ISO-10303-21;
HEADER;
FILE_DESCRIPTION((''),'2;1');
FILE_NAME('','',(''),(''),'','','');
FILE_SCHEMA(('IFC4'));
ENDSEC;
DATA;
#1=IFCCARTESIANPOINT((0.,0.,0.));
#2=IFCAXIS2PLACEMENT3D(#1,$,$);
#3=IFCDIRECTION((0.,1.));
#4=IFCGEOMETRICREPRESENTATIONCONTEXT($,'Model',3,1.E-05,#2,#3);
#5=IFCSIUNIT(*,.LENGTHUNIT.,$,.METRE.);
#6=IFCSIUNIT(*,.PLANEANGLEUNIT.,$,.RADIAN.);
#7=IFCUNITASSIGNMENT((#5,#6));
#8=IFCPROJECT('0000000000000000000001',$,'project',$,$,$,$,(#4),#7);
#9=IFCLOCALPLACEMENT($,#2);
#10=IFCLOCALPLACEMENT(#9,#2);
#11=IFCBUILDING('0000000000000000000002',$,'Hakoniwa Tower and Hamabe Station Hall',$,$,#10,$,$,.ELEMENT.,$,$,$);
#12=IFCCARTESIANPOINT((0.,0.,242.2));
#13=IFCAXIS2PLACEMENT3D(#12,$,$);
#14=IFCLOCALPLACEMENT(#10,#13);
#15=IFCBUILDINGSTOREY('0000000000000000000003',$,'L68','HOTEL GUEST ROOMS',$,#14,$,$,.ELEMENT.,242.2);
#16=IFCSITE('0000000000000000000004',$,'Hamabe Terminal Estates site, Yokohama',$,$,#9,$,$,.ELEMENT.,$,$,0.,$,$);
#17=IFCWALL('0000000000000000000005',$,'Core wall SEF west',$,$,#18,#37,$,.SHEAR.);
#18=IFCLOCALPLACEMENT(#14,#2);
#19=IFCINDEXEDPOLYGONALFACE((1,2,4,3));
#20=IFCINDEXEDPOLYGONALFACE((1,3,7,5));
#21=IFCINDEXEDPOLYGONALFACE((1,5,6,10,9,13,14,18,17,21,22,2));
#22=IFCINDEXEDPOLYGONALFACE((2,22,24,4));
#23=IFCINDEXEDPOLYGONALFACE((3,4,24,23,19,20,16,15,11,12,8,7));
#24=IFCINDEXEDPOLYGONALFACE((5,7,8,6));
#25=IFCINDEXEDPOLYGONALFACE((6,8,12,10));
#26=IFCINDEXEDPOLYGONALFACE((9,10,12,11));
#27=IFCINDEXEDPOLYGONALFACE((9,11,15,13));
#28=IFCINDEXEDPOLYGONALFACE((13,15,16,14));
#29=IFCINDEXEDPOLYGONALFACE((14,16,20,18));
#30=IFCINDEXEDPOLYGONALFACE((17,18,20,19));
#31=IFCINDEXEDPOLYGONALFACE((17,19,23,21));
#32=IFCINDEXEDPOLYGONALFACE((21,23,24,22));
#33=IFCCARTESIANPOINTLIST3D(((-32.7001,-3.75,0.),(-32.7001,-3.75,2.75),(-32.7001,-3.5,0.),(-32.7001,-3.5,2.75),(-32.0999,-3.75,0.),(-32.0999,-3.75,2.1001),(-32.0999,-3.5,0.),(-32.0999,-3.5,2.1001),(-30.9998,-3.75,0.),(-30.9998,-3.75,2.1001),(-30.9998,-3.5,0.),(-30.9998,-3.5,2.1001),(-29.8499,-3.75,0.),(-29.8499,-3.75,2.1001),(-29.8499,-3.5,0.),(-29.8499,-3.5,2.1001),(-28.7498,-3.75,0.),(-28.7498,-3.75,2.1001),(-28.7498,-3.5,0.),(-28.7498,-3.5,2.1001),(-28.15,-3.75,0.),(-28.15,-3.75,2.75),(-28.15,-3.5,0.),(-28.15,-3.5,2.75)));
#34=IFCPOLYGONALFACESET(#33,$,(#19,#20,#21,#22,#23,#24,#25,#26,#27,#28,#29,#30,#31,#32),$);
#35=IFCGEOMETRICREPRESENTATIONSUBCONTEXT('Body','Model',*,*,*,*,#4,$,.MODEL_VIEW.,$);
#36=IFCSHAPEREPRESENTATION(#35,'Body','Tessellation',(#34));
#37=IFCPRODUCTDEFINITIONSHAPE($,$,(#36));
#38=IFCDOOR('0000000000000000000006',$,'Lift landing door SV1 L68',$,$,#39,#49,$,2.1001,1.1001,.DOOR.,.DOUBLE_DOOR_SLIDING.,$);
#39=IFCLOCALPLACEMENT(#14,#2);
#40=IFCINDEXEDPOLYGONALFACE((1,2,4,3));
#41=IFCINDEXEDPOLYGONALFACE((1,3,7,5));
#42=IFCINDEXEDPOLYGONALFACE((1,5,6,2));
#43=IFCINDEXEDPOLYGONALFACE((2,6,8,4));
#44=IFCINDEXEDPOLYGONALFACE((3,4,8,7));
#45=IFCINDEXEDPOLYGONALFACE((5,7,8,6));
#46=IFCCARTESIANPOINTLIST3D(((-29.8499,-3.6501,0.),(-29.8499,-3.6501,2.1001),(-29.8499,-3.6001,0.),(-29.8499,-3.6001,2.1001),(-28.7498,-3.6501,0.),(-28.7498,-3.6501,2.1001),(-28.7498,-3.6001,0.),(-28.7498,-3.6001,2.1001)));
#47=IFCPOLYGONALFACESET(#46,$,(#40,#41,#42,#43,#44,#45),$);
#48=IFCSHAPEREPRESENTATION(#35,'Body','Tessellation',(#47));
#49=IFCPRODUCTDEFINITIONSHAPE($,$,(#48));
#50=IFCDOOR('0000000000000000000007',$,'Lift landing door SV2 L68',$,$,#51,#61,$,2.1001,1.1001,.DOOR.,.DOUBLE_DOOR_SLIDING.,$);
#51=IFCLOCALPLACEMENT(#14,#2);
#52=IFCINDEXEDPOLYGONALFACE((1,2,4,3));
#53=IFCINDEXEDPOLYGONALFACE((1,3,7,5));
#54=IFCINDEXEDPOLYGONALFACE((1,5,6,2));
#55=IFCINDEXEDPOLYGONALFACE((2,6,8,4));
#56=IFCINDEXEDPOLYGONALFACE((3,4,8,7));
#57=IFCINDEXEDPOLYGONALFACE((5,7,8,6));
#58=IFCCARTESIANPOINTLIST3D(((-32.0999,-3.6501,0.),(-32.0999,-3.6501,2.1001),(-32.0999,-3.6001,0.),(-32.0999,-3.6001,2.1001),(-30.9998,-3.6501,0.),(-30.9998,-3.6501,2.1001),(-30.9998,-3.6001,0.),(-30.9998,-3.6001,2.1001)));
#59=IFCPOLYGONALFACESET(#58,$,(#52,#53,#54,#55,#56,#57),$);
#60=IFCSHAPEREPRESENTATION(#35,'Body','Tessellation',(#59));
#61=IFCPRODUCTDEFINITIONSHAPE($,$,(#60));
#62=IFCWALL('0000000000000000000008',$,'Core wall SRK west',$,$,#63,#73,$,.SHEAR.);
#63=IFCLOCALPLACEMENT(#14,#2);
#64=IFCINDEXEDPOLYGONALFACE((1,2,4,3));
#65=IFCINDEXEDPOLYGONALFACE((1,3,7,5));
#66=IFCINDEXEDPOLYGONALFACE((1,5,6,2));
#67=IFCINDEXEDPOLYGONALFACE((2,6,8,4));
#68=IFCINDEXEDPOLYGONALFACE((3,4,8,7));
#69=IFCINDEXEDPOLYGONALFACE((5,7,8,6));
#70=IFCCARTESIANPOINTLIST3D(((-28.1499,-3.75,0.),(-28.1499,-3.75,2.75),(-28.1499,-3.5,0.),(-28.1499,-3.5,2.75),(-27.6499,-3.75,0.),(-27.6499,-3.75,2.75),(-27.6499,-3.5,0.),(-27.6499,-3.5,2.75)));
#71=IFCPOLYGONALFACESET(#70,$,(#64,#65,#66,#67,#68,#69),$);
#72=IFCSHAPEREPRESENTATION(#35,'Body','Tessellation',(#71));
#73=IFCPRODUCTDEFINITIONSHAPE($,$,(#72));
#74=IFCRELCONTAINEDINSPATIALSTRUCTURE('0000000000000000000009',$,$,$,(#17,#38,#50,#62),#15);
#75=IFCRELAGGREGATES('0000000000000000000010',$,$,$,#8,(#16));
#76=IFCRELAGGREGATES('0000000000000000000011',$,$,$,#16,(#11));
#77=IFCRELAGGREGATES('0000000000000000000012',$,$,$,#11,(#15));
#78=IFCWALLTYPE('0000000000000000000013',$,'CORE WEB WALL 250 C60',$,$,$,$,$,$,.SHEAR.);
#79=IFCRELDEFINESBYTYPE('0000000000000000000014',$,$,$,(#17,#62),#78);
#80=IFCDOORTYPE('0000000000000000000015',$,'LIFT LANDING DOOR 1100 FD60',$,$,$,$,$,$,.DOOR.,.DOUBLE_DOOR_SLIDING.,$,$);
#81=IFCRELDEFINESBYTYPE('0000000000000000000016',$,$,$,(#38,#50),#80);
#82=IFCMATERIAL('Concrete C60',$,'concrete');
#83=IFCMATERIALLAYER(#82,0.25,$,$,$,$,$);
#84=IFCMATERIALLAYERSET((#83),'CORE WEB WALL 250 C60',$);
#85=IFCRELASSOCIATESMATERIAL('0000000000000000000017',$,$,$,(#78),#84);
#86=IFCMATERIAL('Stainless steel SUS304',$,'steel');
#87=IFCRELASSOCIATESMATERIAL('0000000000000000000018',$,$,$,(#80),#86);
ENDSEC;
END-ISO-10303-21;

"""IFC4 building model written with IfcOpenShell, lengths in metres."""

from ifc_helpers import new_model, si_unit, direction, frame, frame_2d, origin, place, context, subcontext, project, spatial, rectangle, extrude, material, layer, layer_set, type_object, element, fill, save


model = new_model("IFC4")

# Units and contexts
model_context = context("Model", 3, precision=1e-05, world=origin(), true_north=direction((0.0, 1.0)))
body_context = subcontext(model_context, "Body", "Model", "MODEL_VIEW")
ifc_project = project(units=[si_unit("LENGTHUNIT", "METRE"), si_unit("PLANEANGLEUNIT", "RADIAN")], contexts=[model_context])

# Site, building, storey
site_placement = place(None, origin())
site = spatial("IfcSite", under=ifc_project, at=site_placement, Name="Hamabe Terminal Estates site, Yokohama", CompositionType="ELEMENT", RefElevation=0.0)
building_placement = place(site_placement, origin())
building = spatial("IfcBuilding", under=site, at=building_placement, Name="Hakoniwa Tower and Hamabe Station Hall", CompositionType="ELEMENT")
storey_placement = place(building_placement, frame((0.0, 0.0, 242.2)))
storey = spatial("IfcBuildingStorey", under=building, at=storey_placement, Name="L68", Description="HOTEL GUEST ROOMS", CompositionType="ELEMENT", Elevation=242.2)

# Shared definitions
ifc_material_1 = material(Name="Concrete C60", Category="concrete")
ifc_layer_1 = layer(ifc_material_1, 0.25)
ifc_layer_set_1 = layer_set([ifc_layer_1], Name="CORE WEB WALL 250 C60")
wall_type_1 = type_object("IfcWallType", Name="CORE WEB WALL 250 C60", PredefinedType="SHEAR", material=ifc_layer_set_1)
ifc_material_2 = material(Name="Stainless steel SUS304", Category="steel")
door_type_1 = type_object("IfcDoorType", Name="LIFT LANDING DOOR 1100 FD60", OperationType="DOUBLE_DOOR_SLIDING", PredefinedType="DOOR", material=ifc_material_2)

# Wall, openings, doors
wall_1_placement = place(storey_placement, frame((-32.7, -3.625, 0.0), z_axis=(0.0, 0.0, 1.0), x_axis=(1.0, 0.0, 0.0)))
wall_1 = element("IfcWall", 1, at=wall_1_placement, inside=storey, type_object=wall_type_1, Name="Core wall SEF west", PredefinedType="SHEAR", context=body_context, shape_type="SweptSolid", body=[
    extrude(rectangle(XDim=4.55, YDim=0.25, at=frame_2d((2.2749, 0.0))), origin(), (0.0, 0.0, 1.0), 2.75),
])
opening_1_placement = place(wall_1_placement, frame((2.8501, 0.0, 0.0)))
opening_1 = element("IfcOpeningElement", 2, at=opening_1_placement, cuts=wall_1, PredefinedType="OPENING", context=body_context, shape_type="SweptSolid", body=[
    extrude(rectangle(XDim=1.1001, YDim=2.1001, at=frame_2d((0.55, 1.05))), frame((0.0, 0.135, 0.0), z_axis=(0.0, -1.0, 0.0), x_axis=(1.0, 0.0, 0.0)), (0.0, 0.0, 1.0), 0.27),
])
opening_2_placement = place(wall_1_placement, frame((0.6001, 0.0, 0.0)))
opening_2 = element("IfcOpeningElement", 3, at=opening_2_placement, cuts=wall_1, PredefinedType="OPENING", context=body_context, shape_type="SweptSolid", body=[
    extrude(rectangle(XDim=1.1001, YDim=2.1001, at=frame_2d((0.55, 1.05))), frame((0.0, 0.135, 0.0), z_axis=(0.0, -1.0, 0.0), x_axis=(1.0, 0.0, 0.0)), (0.0, 0.0, 1.0), 0.27),
])
door_1_placement = place(opening_1_placement, origin())
door_1 = element("IfcDoor", 4, at=door_1_placement, inside=storey, type_object=door_type_1, Name="Lift landing door SV1 L68", OperationType="DOUBLE_DOOR_SLIDING", OverallHeight=2.1001, OverallWidth=1.1001, PredefinedType="DOOR", context=body_context, shape_type="SweptSolid", body=[
    extrude(rectangle(XDim=1.1001, YDim=2.1001, at=frame_2d((0.55, 1.05))), frame((0.0, 0.0249, 0.0), z_axis=(0.0, -1.0, 0.0), x_axis=(1.0, 0.0, 0.0)), (0.0, 0.0, 1.0), 0.05),
])
fill(opening_1, door_1)
door_2_placement = place(opening_2_placement, origin())
door_2 = element("IfcDoor", 5, at=door_2_placement, inside=storey, type_object=door_type_1, Name="Lift landing door SV2 L68", OperationType="DOUBLE_DOOR_SLIDING", OverallHeight=2.1001, OverallWidth=1.1001, PredefinedType="DOOR", context=body_context, shape_type="SweptSolid", body=[
    extrude(rectangle(XDim=1.1001, YDim=2.1001, at=frame_2d((0.55, 1.05))), frame((0.0, 0.0249, 0.0), z_axis=(0.0, -1.0, 0.0), x_axis=(1.0, 0.0, 0.0)), (0.0, 0.0, 1.0), 0.05),
])
fill(opening_2, door_2)

# Wall
wall_2_placement = place(storey_placement, frame((-28.1499, -3.625, 0.0), z_axis=(0.0, 0.0, 1.0), x_axis=(1.0, 0.0, 0.0)))
element("IfcWall", 6, at=wall_2_placement, inside=storey, type_object=wall_type_1, Name="Core wall SRK west", PredefinedType="SHEAR", context=body_context, shape_type="SweptSolid", body=[
    extrude(rectangle(XDim=0.5, YDim=0.25, at=frame_2d((0.25, 0.0))), origin(), (0.0, 0.0, 1.0), 2.75),
])

save(model, "model.ifc")
